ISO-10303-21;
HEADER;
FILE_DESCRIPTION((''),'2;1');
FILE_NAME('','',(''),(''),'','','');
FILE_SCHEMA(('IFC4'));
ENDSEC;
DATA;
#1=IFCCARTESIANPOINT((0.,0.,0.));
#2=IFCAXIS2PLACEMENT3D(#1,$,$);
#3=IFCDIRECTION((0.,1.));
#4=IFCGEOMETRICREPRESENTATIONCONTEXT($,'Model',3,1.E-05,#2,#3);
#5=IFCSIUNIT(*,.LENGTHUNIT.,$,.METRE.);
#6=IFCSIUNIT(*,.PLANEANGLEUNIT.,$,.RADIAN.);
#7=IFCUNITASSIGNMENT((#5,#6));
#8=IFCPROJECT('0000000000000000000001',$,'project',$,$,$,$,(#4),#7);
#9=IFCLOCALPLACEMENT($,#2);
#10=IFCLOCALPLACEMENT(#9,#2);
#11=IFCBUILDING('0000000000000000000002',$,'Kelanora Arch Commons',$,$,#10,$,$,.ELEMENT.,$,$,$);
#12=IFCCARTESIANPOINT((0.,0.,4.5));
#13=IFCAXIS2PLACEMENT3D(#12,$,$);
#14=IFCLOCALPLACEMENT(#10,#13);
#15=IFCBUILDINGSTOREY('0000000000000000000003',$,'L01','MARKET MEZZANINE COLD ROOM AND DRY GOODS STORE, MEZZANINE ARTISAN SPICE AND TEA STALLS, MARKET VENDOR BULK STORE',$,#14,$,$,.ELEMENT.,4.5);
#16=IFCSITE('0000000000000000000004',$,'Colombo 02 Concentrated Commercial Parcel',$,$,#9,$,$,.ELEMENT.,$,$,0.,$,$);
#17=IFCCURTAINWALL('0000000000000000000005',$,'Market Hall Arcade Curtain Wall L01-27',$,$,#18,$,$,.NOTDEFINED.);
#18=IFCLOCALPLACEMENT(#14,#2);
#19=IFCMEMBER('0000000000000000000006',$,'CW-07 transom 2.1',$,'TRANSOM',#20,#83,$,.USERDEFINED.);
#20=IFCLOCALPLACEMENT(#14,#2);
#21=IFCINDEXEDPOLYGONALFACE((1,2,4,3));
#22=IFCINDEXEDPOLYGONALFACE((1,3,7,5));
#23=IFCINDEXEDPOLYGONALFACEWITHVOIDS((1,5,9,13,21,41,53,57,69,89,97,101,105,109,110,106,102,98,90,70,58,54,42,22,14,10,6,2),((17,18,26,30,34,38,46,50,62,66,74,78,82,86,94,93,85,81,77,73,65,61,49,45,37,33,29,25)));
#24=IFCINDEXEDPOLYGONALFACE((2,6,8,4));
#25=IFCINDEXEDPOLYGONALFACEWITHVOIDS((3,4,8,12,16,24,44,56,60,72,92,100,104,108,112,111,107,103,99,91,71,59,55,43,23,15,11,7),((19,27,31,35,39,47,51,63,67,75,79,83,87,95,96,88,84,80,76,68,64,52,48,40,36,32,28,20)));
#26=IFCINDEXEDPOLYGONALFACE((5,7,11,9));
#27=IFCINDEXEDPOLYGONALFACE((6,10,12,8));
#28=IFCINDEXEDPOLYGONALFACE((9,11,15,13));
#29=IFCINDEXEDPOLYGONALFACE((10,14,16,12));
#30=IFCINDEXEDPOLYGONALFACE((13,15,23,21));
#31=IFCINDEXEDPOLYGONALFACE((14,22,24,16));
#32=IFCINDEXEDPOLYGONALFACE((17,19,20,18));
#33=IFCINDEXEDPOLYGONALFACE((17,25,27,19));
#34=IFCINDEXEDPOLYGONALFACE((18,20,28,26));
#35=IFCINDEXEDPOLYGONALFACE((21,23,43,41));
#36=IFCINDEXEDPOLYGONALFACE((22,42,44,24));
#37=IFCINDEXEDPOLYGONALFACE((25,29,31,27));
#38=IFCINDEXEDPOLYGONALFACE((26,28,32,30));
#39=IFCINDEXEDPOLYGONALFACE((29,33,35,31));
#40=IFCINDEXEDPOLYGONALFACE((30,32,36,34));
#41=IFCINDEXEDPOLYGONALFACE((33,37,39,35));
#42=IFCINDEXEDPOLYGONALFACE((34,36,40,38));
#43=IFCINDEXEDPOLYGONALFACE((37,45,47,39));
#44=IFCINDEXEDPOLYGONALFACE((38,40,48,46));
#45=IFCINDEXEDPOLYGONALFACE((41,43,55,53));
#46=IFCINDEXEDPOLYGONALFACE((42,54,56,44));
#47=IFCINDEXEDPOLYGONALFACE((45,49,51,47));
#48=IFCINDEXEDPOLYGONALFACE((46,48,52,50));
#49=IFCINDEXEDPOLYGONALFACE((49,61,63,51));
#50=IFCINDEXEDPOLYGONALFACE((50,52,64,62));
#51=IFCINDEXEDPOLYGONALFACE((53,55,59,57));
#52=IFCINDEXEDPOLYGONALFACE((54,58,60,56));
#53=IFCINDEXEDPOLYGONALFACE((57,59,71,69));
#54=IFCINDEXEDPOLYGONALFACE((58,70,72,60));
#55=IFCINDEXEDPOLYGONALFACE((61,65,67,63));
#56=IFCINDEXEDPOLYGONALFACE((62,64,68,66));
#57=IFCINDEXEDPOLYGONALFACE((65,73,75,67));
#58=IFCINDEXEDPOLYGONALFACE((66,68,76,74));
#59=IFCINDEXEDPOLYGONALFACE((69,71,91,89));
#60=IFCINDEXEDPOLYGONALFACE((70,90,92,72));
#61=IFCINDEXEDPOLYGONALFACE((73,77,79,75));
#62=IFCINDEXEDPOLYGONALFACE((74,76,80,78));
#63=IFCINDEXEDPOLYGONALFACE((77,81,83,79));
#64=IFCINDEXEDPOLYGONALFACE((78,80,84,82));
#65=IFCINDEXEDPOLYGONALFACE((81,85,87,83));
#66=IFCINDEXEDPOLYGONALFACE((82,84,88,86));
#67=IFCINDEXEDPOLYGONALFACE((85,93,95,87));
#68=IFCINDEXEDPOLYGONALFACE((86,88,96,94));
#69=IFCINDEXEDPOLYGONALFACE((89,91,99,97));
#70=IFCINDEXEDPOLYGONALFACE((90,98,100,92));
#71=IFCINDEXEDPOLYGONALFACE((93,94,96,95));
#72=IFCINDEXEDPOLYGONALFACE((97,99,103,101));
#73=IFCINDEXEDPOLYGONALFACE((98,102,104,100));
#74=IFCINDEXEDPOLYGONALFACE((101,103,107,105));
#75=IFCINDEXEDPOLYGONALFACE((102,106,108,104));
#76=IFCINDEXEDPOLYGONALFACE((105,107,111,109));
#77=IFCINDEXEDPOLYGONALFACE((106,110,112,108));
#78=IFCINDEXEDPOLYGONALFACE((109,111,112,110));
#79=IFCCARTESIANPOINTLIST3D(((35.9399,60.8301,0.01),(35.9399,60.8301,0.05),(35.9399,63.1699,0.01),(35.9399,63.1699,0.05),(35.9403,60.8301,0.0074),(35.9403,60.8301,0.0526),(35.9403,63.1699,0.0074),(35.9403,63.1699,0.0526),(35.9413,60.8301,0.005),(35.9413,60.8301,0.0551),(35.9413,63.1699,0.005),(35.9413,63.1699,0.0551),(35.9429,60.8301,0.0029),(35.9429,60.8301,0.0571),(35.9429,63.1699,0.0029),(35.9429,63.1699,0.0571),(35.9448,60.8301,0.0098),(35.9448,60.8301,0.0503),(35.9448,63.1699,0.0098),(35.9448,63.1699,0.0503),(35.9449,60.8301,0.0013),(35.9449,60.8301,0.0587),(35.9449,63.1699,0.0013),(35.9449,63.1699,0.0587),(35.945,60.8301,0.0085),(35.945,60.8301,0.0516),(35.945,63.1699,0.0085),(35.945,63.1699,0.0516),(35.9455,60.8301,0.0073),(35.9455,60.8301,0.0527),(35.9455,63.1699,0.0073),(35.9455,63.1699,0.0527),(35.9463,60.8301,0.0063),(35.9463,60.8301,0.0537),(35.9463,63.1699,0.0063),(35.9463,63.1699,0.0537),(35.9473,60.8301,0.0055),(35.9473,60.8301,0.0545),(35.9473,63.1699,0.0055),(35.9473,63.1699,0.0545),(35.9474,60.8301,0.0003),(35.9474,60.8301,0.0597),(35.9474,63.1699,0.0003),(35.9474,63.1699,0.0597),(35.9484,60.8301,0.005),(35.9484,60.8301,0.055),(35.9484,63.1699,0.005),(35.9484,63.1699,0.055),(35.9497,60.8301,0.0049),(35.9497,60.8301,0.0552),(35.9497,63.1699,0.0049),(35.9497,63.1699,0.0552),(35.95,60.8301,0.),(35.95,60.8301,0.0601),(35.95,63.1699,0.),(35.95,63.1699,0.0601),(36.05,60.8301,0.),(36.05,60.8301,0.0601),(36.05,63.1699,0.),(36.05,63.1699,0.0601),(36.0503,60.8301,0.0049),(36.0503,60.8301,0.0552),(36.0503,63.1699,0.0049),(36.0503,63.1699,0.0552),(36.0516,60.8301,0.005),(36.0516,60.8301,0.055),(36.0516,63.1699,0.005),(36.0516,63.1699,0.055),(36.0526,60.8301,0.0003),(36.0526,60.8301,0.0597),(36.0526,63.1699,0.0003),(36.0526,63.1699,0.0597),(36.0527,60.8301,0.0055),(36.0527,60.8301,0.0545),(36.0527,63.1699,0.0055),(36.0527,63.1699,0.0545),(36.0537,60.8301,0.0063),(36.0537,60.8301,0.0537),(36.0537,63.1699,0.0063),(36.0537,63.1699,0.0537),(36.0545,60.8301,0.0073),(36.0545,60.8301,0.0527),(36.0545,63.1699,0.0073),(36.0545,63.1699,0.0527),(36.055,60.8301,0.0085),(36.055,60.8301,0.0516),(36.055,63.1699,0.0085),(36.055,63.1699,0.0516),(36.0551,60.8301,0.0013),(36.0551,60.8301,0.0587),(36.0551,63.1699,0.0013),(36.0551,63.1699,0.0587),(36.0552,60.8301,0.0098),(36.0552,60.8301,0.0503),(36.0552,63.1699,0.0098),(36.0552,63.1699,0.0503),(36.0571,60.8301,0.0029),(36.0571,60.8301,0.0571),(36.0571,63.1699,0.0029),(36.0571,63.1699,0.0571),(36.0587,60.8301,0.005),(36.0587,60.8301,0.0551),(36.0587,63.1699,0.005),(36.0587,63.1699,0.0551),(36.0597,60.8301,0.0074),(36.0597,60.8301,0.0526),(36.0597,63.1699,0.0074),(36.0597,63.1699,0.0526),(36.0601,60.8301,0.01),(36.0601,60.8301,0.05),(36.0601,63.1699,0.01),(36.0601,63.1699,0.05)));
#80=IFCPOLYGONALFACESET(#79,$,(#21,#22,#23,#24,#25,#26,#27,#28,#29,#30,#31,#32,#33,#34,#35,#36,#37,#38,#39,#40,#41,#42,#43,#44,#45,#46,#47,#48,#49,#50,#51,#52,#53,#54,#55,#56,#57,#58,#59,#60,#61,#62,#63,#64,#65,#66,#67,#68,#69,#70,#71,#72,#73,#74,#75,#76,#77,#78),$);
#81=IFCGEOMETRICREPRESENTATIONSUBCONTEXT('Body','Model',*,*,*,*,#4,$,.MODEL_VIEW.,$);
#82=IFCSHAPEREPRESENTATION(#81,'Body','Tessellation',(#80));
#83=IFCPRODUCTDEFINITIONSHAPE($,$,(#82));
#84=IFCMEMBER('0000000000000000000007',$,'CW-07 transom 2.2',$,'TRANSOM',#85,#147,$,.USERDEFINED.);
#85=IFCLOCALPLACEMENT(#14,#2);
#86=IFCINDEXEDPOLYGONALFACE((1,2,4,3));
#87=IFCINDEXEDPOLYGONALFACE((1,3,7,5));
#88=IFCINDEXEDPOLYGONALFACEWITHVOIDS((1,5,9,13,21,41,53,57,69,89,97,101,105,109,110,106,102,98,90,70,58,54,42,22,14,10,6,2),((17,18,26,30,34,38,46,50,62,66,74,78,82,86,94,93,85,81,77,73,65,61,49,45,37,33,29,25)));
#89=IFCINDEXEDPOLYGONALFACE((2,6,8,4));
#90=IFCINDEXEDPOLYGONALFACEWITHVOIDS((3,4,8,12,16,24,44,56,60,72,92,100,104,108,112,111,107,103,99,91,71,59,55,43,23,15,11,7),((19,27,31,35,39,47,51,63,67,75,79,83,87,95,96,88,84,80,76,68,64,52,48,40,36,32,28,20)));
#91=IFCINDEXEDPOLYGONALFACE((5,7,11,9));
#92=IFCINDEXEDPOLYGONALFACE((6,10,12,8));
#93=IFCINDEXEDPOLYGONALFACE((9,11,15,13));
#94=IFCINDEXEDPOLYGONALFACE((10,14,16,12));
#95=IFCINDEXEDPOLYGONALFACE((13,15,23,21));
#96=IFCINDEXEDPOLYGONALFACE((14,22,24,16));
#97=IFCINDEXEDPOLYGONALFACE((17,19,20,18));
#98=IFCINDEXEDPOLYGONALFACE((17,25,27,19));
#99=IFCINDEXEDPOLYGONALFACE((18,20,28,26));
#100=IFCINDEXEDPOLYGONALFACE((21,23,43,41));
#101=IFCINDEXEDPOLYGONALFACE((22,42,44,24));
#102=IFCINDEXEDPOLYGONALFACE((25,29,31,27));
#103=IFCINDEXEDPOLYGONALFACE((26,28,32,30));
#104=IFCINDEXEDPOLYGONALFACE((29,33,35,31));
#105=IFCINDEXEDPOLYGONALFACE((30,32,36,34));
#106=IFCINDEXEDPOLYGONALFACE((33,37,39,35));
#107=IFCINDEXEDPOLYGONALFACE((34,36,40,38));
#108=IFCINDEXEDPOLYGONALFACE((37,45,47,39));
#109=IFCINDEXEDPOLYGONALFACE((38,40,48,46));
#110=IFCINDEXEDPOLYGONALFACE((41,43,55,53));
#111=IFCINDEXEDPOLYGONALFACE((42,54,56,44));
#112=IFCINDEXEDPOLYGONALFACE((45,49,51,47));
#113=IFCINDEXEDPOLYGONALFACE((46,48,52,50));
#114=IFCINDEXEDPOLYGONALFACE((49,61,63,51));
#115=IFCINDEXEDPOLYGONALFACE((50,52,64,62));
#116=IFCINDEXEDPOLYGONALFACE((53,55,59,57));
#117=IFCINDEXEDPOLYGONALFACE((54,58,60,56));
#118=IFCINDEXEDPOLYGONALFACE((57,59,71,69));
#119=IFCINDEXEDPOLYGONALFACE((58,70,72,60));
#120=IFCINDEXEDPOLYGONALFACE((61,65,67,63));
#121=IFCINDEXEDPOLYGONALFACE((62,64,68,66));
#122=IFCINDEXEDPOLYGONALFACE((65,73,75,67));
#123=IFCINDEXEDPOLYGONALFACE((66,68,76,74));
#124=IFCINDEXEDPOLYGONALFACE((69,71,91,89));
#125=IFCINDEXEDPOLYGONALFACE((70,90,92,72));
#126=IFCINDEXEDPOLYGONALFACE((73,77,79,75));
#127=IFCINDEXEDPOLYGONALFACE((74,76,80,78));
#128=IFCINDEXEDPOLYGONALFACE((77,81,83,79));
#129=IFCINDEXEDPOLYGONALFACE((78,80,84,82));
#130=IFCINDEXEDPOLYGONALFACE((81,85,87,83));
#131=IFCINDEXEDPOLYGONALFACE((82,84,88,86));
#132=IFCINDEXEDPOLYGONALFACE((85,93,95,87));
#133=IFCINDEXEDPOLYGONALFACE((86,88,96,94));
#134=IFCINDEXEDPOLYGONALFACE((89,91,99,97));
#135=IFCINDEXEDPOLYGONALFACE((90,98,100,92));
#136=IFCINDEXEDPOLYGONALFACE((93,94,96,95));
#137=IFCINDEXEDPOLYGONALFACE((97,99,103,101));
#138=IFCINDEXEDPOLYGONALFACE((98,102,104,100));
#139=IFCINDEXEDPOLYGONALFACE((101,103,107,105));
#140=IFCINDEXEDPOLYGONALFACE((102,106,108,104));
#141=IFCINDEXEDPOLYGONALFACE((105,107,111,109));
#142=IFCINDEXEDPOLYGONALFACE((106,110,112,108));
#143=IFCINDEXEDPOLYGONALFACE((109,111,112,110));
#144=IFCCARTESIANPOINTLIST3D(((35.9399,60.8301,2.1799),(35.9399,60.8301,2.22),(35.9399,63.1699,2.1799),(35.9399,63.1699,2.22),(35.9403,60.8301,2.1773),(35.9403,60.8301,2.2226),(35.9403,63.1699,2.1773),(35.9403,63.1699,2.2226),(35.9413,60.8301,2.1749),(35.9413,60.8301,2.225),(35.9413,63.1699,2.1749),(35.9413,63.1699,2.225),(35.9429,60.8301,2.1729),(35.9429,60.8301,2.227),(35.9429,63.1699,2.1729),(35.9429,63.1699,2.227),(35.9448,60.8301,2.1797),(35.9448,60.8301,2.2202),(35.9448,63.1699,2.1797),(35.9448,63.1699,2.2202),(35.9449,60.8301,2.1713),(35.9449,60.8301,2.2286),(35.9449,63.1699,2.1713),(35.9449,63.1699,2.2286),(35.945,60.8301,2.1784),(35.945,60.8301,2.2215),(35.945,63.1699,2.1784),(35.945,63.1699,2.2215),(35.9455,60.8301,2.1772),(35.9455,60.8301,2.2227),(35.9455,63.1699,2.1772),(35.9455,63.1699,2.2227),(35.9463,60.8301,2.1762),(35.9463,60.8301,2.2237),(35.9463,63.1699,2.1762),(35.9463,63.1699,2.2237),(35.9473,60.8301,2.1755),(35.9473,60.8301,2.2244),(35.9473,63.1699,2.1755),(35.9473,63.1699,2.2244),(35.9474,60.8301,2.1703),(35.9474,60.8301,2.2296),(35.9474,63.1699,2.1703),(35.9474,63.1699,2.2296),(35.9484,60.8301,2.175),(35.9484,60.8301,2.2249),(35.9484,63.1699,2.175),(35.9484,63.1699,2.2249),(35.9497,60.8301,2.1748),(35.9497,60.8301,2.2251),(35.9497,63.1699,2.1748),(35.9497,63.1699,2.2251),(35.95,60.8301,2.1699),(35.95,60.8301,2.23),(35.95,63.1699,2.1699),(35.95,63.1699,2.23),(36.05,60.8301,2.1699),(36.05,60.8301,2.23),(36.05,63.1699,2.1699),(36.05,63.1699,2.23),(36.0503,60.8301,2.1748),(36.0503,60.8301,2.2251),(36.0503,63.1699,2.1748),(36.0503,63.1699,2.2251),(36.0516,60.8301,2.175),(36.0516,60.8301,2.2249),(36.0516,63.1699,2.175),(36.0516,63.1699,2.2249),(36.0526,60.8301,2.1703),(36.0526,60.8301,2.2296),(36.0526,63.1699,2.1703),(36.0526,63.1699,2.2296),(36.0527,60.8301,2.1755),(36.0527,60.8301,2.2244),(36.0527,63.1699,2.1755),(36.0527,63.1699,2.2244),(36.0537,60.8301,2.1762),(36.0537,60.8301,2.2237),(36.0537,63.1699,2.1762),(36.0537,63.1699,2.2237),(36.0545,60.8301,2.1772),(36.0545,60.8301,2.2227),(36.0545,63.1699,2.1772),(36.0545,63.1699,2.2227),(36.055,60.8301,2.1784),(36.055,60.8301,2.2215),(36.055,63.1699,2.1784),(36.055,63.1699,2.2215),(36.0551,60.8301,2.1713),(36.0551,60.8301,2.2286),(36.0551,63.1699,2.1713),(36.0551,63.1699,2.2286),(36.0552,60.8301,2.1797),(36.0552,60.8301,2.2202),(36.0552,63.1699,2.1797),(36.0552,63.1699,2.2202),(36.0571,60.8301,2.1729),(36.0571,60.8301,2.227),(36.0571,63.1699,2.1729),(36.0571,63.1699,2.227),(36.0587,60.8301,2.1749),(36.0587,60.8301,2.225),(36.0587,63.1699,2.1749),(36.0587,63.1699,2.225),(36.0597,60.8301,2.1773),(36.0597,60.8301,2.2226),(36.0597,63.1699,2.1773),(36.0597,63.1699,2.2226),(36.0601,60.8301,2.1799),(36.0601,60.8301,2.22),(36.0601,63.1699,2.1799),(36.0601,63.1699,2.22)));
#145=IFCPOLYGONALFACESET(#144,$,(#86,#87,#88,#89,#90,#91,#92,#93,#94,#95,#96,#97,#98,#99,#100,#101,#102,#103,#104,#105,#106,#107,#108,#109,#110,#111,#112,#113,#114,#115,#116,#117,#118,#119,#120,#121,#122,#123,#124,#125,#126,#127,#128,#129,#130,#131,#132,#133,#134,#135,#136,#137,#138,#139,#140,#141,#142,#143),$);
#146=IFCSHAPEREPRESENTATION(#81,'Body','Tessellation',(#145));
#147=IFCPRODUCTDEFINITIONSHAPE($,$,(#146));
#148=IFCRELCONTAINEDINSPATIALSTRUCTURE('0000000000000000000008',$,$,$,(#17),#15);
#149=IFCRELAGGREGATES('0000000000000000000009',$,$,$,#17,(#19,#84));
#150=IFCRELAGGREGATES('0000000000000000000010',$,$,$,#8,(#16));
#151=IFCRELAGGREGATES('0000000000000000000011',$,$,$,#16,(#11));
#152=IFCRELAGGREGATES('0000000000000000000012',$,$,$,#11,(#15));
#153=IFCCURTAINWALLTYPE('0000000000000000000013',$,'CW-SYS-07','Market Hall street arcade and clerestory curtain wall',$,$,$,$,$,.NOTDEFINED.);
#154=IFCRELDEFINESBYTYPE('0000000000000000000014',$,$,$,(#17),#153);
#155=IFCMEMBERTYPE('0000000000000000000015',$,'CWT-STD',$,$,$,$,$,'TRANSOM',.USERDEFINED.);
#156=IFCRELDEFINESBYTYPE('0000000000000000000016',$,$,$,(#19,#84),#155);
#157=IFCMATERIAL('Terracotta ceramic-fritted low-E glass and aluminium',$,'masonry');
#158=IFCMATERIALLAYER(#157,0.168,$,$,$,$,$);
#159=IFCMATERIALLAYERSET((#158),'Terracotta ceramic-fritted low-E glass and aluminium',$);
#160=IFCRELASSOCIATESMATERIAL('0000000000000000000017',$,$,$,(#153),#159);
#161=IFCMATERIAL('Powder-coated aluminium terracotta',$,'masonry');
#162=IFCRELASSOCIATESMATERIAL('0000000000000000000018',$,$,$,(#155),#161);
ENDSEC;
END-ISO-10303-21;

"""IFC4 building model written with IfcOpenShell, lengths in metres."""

from ifc_helpers import new_model, si_unit, direction, frame, origin, origin_2d, place, context, subcontext, project, spatial, hollow_rectangle, extrude, material, layer, layer_set, material_profile, profile_set, type_object, element, aggregate, save


model = new_model("IFC4")

# Units and contexts
model_context = context("Model", 3, precision=1e-05, world=origin(), true_north=direction((0.0, 1.0)))
body_context = subcontext(model_context, "Body", "Model", "MODEL_VIEW")
ifc_project = project(units=[si_unit("LENGTHUNIT", "METRE"), si_unit("PLANEANGLEUNIT", "RADIAN")], contexts=[model_context])

# Site, building, storey
site_placement = place(None, origin())
site = spatial("IfcSite", under=ifc_project, at=site_placement, Name="Colombo 02 Concentrated Commercial Parcel", CompositionType="ELEMENT", RefElevation=0.0)
building_placement = place(site_placement, origin())
building = spatial("IfcBuilding", under=site, at=building_placement, Name="Kelanora Arch Commons", CompositionType="ELEMENT")
storey_placement = place(building_placement, frame((0.0, 0.0, 4.5)))
storey = spatial("IfcBuildingStorey", under=building, at=storey_placement, Name="L01", Description="MARKET MEZZANINE COLD ROOM AND DRY GOODS STORE, MEZZANINE ARTISAN SPICE AND TEA STALLS, MARKET VENDOR BULK STORE", CompositionType="ELEMENT", Elevation=4.5)

# Curtain wall, members
ifc_material_1 = material(Name="Terracotta ceramic-fritted low-E glass and aluminium", Category="masonry")
ifc_layer_1 = layer(ifc_material_1, 0.168)
ifc_layer_set_1 = layer_set([ifc_layer_1], Name="Terracotta ceramic-fritted low-E glass and aluminium")
curtain_wall_type = type_object("IfcCurtainWallType", Name="CW-SYS-07", Description="Market Hall street arcade and clerestory curtain wall", PredefinedType="NOTDEFINED", material=ifc_layer_set_1)
curtain_wall_placement = place(storey_placement, origin())
curtain_wall = element("IfcCurtainWall", 1, at=curtain_wall_placement, inside=storey, type_object=curtain_wall_type, Name="Market Hall Arcade Curtain Wall L01-27", PredefinedType="NOTDEFINED")
ifc_material_2 = material(Name="Powder-coated aluminium terracotta", Category="masonry")
ifc_material_profile_1 = material_profile(ifc_material_2, hollow_rectangle(XDim=0.1201, YDim=0.0601, WallThickness=0.0049, InnerFilletRadius=0.0049, OuterFilletRadius=0.01, at=origin_2d()), Name="CWT120x60")
ifc_profile_set_1 = profile_set([ifc_material_profile_1], Name="Powder-coated aluminium terracotta")
member_type_1 = type_object("IfcMemberType", Name="CWT-STD", ElementType="TRANSOM", PredefinedType="USERDEFINED", material=ifc_profile_set_1)
member_1_placement = place(storey_placement, frame((36.0, 60.8301, 0.03), z_axis=(0.0, 1.0, 0.0), x_axis=(-1.0, 0.0, 0.0)))
member_1 = element("IfcMember", 2, at=member_1_placement, type_object=member_type_1, Name="CW-07 transom 2.1", ObjectType="TRANSOM", PredefinedType="USERDEFINED", context=body_context, shape_type="SweptSolid", body=[
    extrude(hollow_rectangle(XDim=0.1201, YDim=0.0601, WallThickness=0.0049, InnerFilletRadius=0.0049, OuterFilletRadius=0.01, at=origin_2d()), origin(), (0.0, 0.0, 1.0), 2.3398),
])
member_2_placement = place(storey_placement, frame((36.0, 60.8301, 2.2), z_axis=(0.0, 1.0, 0.0), x_axis=(-1.0, 0.0, 0.0)))
member_2 = element("IfcMember", 3, at=member_2_placement, type_object=member_type_1, Name="CW-07 transom 2.2", ObjectType="TRANSOM", PredefinedType="USERDEFINED", context=body_context, shape_type="SweptSolid", body=[
    extrude(hollow_rectangle(XDim=0.1201, YDim=0.0601, WallThickness=0.0049, InnerFilletRadius=0.0049, OuterFilletRadius=0.01, at=origin_2d()), origin(), (0.0, 0.0, 1.0), 2.3398),
])
aggregate(curtain_wall, [member_1, member_2])

save(model, "model.ifc")
